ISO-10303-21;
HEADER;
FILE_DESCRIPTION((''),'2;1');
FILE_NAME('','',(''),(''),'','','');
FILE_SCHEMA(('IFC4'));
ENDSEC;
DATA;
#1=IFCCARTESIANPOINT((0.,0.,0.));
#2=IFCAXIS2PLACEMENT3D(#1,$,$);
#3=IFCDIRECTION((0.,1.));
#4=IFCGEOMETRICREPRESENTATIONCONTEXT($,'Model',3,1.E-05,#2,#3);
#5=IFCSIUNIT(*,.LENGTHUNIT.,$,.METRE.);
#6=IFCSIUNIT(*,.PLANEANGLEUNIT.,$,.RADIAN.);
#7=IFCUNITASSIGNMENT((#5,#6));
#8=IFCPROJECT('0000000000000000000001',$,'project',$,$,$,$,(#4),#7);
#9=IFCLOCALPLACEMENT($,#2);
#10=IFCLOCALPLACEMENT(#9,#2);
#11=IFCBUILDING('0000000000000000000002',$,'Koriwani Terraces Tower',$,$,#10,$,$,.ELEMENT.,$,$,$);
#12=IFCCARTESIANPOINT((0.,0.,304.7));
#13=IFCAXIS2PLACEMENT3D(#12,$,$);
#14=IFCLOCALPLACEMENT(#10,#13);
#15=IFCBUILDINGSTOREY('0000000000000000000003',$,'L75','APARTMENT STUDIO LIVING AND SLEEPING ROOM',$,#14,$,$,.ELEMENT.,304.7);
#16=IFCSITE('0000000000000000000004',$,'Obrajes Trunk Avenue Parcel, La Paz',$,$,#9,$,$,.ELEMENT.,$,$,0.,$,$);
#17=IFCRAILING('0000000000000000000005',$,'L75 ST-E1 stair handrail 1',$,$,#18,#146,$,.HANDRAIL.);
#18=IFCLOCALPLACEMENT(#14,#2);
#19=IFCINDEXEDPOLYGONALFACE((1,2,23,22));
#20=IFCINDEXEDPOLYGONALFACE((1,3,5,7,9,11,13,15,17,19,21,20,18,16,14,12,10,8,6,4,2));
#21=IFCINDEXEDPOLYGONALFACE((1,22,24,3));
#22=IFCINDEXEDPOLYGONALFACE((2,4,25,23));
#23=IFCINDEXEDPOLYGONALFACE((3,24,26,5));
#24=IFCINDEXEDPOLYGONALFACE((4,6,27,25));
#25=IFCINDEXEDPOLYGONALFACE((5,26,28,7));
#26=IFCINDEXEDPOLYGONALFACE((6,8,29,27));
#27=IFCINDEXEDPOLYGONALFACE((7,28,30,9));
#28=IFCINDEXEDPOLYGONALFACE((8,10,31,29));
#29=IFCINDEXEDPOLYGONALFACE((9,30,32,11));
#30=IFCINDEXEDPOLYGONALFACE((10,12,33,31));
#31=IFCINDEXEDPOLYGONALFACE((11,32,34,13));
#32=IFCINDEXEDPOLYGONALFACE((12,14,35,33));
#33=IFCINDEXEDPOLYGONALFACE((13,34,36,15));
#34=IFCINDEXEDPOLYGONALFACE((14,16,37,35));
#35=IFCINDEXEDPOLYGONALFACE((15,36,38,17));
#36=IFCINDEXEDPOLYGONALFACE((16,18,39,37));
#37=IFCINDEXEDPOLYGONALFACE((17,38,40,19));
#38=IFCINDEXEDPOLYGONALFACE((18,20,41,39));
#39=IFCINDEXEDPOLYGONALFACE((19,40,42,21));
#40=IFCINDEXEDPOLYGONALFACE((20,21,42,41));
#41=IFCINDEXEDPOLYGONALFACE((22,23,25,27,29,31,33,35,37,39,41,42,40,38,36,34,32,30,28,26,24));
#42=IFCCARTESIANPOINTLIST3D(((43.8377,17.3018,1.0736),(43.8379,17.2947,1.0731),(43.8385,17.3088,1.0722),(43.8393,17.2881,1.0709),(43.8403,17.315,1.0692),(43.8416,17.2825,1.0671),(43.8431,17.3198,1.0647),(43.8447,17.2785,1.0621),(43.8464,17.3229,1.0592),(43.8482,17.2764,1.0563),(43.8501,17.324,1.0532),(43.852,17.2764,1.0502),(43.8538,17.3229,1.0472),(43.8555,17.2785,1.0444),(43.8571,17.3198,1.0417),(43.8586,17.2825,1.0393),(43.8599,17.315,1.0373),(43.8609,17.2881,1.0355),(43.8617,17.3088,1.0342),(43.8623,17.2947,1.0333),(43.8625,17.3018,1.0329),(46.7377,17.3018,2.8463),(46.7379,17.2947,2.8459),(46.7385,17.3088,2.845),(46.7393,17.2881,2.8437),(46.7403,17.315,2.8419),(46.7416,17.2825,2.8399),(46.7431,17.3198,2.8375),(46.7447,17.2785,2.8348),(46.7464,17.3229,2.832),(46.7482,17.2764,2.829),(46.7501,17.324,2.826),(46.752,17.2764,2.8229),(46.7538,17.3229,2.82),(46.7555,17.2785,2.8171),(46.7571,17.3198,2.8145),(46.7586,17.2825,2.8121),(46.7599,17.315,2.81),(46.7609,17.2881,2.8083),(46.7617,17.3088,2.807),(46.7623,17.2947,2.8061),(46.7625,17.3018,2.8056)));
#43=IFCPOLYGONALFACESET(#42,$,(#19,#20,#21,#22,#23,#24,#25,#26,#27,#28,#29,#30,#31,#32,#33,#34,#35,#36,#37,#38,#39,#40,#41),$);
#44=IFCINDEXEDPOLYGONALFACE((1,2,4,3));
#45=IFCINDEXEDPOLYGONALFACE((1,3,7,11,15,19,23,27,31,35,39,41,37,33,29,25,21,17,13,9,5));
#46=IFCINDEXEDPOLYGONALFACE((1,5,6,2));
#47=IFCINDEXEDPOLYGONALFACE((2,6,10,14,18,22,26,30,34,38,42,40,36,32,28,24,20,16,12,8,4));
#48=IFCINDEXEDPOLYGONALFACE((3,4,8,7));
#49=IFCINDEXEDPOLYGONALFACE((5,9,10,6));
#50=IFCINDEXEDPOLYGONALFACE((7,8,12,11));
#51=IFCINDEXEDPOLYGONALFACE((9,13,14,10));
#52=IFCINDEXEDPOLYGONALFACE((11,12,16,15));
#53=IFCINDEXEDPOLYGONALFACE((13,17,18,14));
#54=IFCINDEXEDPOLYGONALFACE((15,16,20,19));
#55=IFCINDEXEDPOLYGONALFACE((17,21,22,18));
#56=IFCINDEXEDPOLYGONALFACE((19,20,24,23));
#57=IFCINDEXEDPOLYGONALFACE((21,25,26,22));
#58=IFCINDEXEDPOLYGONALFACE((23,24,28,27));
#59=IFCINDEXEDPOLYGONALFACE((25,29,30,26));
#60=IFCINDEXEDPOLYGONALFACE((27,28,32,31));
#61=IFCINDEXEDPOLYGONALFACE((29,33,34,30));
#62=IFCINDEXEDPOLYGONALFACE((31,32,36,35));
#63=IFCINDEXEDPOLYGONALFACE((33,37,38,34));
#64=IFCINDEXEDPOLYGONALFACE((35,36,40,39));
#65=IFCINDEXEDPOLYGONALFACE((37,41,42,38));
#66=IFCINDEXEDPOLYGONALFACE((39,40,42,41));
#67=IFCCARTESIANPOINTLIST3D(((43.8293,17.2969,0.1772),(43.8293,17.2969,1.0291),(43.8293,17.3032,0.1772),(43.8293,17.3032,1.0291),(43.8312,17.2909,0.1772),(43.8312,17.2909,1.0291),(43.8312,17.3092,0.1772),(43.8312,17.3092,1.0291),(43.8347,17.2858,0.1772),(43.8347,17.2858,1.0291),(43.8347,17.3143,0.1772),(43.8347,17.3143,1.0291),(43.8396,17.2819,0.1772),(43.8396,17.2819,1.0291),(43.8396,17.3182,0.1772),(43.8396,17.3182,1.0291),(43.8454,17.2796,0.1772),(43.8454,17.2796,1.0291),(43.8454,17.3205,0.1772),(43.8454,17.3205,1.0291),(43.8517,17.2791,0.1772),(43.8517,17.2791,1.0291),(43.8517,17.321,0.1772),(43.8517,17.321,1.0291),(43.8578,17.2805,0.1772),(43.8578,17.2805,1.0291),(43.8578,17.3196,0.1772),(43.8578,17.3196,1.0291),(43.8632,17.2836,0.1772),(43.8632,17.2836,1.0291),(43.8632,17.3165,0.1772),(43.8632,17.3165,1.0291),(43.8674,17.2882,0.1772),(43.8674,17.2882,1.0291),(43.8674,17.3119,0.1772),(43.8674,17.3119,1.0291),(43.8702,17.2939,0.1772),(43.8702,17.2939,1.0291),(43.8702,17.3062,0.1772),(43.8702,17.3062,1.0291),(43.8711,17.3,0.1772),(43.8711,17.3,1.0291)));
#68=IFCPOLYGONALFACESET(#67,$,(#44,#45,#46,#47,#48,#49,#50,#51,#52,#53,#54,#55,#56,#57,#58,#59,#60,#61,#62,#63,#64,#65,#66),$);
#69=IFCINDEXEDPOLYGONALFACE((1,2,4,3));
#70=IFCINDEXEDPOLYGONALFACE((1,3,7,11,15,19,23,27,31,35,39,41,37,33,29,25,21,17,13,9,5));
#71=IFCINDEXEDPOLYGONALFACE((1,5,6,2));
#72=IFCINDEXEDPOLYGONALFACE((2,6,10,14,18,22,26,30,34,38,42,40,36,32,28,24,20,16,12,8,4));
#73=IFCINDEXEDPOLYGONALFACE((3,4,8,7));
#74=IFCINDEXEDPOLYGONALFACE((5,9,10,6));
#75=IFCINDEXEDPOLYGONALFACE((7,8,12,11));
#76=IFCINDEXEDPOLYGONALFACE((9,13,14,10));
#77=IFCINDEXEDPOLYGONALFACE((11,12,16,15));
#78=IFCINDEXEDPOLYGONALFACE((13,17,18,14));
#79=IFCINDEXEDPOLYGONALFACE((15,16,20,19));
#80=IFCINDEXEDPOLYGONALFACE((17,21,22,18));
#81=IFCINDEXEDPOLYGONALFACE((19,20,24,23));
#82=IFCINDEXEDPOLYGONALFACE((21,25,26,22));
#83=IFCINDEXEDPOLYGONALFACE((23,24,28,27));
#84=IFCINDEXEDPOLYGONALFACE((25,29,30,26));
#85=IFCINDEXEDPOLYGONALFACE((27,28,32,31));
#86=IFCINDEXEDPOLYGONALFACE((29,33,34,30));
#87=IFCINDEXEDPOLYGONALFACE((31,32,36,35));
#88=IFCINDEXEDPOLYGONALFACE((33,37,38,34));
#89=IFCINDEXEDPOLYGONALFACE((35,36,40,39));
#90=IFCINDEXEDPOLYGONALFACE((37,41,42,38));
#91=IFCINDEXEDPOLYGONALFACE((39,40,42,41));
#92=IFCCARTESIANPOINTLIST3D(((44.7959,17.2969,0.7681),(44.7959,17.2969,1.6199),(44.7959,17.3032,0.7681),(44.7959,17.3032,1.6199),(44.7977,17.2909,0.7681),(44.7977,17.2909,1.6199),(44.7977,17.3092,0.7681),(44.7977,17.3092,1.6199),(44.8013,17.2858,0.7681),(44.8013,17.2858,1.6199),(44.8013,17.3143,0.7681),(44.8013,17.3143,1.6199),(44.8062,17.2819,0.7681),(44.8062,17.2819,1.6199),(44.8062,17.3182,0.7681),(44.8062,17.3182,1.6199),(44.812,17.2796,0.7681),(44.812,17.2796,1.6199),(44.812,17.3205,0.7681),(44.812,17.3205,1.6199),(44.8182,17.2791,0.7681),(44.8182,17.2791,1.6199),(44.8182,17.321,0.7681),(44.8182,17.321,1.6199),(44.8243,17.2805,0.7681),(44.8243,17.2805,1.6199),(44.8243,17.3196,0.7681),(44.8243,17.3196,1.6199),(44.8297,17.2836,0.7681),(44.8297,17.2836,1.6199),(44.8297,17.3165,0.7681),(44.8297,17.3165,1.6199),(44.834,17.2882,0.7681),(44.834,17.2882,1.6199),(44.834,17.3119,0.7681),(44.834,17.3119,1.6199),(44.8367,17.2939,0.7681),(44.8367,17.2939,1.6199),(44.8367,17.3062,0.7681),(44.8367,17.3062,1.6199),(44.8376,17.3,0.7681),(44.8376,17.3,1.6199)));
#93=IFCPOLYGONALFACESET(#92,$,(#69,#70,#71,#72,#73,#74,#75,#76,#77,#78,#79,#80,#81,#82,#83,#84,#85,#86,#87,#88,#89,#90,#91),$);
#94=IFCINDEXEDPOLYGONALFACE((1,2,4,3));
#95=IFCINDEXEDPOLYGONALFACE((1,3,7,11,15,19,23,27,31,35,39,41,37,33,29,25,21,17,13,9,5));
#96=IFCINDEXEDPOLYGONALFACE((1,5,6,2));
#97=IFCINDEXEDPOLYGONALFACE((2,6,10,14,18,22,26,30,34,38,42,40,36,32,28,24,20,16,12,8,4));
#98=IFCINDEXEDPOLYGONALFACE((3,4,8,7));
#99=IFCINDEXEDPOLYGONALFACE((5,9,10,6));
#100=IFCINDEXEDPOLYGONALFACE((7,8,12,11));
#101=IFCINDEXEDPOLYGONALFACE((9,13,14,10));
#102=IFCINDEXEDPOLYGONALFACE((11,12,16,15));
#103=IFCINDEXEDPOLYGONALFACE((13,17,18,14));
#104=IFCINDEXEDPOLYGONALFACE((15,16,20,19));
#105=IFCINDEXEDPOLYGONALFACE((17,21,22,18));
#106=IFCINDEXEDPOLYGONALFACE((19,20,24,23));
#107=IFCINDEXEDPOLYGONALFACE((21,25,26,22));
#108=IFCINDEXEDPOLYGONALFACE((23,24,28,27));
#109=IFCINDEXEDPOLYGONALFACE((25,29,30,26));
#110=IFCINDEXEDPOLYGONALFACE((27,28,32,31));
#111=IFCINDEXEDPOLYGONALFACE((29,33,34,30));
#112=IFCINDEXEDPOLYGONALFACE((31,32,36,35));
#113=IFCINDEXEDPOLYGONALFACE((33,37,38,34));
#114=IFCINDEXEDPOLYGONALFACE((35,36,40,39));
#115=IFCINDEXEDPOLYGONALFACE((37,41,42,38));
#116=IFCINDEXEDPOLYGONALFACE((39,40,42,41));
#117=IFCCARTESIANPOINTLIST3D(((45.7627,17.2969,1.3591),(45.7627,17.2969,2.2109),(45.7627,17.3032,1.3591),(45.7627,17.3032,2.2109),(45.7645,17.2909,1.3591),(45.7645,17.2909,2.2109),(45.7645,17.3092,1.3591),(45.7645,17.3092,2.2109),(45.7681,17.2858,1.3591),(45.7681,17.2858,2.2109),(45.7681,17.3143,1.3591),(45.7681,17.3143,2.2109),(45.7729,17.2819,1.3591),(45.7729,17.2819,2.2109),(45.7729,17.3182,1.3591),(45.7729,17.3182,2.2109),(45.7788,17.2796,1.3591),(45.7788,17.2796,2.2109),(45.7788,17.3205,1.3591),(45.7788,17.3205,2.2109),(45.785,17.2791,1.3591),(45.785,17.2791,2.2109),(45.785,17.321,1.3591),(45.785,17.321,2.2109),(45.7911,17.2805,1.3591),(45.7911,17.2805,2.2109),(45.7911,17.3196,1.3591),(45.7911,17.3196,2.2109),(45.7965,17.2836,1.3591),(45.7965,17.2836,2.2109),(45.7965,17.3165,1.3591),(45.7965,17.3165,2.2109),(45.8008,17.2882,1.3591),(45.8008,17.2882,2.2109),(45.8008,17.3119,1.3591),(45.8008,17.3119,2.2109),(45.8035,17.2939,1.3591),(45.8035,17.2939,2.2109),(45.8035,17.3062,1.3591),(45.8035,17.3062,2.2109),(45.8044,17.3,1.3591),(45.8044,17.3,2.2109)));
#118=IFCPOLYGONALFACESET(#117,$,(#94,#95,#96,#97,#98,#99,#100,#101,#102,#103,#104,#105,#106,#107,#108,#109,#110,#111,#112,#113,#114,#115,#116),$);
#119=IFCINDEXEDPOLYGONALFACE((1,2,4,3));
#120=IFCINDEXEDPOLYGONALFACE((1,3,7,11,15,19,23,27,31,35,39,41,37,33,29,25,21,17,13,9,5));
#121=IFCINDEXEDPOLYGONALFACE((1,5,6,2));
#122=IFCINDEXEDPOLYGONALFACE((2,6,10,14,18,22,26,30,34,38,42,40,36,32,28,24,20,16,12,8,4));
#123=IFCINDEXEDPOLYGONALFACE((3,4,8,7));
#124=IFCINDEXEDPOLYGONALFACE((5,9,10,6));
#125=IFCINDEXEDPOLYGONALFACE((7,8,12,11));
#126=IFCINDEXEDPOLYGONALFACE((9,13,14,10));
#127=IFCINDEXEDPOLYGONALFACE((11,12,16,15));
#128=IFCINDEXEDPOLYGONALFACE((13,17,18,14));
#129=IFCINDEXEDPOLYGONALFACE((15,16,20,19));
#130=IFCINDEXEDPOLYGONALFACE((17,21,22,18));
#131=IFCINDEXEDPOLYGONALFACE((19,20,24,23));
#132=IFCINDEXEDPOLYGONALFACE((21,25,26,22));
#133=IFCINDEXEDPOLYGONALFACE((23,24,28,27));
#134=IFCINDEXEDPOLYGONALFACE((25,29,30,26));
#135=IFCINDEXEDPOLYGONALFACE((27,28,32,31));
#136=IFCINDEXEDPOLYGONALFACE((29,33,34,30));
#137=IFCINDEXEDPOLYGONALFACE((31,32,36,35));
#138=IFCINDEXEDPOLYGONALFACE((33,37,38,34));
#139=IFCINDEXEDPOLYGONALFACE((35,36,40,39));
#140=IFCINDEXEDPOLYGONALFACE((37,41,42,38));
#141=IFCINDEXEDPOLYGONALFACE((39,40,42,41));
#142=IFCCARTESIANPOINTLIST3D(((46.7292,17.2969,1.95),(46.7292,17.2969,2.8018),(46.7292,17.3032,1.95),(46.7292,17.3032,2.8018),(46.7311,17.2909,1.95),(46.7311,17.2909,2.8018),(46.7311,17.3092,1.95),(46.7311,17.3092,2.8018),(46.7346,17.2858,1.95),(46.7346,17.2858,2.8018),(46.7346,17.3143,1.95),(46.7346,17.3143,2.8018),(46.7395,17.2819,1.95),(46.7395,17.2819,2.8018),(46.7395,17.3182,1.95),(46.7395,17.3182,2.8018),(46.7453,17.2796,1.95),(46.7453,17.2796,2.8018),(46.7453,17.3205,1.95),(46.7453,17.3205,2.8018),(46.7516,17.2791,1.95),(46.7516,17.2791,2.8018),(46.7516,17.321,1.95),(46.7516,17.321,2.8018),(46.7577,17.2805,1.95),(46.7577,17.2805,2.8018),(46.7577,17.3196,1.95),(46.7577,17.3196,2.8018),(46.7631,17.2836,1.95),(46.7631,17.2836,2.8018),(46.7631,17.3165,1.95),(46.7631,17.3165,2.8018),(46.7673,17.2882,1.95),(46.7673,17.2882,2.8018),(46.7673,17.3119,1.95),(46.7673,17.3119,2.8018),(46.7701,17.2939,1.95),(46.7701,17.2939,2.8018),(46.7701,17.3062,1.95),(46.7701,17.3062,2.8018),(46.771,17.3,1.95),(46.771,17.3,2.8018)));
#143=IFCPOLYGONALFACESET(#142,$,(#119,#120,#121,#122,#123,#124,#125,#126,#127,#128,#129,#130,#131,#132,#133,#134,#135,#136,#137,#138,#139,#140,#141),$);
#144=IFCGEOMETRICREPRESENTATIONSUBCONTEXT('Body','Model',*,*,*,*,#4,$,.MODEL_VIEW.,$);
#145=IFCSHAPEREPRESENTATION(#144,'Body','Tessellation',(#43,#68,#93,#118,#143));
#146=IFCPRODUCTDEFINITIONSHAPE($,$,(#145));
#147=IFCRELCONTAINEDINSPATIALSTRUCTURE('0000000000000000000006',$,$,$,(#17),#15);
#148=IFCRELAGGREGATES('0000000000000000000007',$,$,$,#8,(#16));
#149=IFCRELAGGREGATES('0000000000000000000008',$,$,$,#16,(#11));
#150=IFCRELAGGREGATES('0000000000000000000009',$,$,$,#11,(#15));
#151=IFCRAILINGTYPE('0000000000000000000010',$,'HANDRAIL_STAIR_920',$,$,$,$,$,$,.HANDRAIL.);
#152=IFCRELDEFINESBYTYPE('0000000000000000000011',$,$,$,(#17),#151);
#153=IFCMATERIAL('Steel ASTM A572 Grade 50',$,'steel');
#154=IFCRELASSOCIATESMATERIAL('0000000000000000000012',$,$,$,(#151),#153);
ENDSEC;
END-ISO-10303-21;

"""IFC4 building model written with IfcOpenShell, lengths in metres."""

from ifc_helpers import new_model, si_unit, direction, frame, origin, origin_2d, place, context, subcontext, project, spatial, circle, extrude, material, type_object, element, save


model = new_model("IFC4")

# Units and contexts
model_context = context("Model", 3, precision=1e-05, world=origin(), true_north=direction((0.0, 1.0)))
body_context = subcontext(model_context, "Body", "Model", "MODEL_VIEW")
ifc_project = project(units=[si_unit("LENGTHUNIT", "METRE"), si_unit("PLANEANGLEUNIT", "RADIAN")], contexts=[model_context])

# Site, building, storey
site_placement = place(None, origin())
site = spatial("IfcSite", under=ifc_project, at=site_placement, Name="Obrajes Trunk Avenue Parcel, La Paz", CompositionType="ELEMENT", RefElevation=0.0)
building_placement = place(site_placement, origin())
building = spatial("IfcBuilding", under=site, at=building_placement, Name="Koriwani Terraces Tower", CompositionType="ELEMENT")
storey_placement = place(building_placement, frame((0.0, 0.0, 304.7)))
storey = spatial("IfcBuildingStorey", under=building, at=storey_placement, Name="L75", Description="APARTMENT STUDIO LIVING AND SLEEPING ROOM", CompositionType="ELEMENT", Elevation=304.7)

# Shared definitions
ifc_material_1 = material(Name="Steel ASTM A572 Grade 50", Category="steel")

# Railing
railing_type_1 = type_object("IfcRailingType", Name="HANDRAIL_STAIR_920", PredefinedType="HANDRAIL", material=ifc_material_1)
railing_1_placement = place(storey_placement, frame((43.8501, 17.3, 0.1772)))
element("IfcRailing", 1, at=railing_1_placement, inside=storey, type_object=railing_type_1, Name="L75 ST-E1 stair handrail 1", PredefinedType="HANDRAIL", context=body_context, shape_type="SweptSolid", body=[
    extrude(circle(Radius=0.0239, at=origin_2d()), frame((0.0, 0.0, 0.876), z_axis=(0.853211, 0.0, 0.521566), x_axis=(0.0, 1.0, 0.0)), (0.0, 0.0, 1.0), 3.3989),
    extrude(circle(Radius=0.021, at=origin_2d()), origin(), (0.0, 0.0, 1.0), 0.8518),
    extrude(circle(Radius=0.021, at=origin_2d()), frame((0.9666, 0.0, 0.5908)), (0.0, 0.0, 1.0), 0.8518),
    extrude(circle(Radius=0.021, at=origin_2d()), frame((1.9333, 0.0, 1.1819)), (0.0, 0.0, 1.0), 0.8518),
    extrude(circle(Radius=0.021, at=origin_2d()), frame((2.8999, 0.0, 1.7727)), (0.0, 0.0, 1.0), 0.8518),
])

save(model, "model.ifc")
